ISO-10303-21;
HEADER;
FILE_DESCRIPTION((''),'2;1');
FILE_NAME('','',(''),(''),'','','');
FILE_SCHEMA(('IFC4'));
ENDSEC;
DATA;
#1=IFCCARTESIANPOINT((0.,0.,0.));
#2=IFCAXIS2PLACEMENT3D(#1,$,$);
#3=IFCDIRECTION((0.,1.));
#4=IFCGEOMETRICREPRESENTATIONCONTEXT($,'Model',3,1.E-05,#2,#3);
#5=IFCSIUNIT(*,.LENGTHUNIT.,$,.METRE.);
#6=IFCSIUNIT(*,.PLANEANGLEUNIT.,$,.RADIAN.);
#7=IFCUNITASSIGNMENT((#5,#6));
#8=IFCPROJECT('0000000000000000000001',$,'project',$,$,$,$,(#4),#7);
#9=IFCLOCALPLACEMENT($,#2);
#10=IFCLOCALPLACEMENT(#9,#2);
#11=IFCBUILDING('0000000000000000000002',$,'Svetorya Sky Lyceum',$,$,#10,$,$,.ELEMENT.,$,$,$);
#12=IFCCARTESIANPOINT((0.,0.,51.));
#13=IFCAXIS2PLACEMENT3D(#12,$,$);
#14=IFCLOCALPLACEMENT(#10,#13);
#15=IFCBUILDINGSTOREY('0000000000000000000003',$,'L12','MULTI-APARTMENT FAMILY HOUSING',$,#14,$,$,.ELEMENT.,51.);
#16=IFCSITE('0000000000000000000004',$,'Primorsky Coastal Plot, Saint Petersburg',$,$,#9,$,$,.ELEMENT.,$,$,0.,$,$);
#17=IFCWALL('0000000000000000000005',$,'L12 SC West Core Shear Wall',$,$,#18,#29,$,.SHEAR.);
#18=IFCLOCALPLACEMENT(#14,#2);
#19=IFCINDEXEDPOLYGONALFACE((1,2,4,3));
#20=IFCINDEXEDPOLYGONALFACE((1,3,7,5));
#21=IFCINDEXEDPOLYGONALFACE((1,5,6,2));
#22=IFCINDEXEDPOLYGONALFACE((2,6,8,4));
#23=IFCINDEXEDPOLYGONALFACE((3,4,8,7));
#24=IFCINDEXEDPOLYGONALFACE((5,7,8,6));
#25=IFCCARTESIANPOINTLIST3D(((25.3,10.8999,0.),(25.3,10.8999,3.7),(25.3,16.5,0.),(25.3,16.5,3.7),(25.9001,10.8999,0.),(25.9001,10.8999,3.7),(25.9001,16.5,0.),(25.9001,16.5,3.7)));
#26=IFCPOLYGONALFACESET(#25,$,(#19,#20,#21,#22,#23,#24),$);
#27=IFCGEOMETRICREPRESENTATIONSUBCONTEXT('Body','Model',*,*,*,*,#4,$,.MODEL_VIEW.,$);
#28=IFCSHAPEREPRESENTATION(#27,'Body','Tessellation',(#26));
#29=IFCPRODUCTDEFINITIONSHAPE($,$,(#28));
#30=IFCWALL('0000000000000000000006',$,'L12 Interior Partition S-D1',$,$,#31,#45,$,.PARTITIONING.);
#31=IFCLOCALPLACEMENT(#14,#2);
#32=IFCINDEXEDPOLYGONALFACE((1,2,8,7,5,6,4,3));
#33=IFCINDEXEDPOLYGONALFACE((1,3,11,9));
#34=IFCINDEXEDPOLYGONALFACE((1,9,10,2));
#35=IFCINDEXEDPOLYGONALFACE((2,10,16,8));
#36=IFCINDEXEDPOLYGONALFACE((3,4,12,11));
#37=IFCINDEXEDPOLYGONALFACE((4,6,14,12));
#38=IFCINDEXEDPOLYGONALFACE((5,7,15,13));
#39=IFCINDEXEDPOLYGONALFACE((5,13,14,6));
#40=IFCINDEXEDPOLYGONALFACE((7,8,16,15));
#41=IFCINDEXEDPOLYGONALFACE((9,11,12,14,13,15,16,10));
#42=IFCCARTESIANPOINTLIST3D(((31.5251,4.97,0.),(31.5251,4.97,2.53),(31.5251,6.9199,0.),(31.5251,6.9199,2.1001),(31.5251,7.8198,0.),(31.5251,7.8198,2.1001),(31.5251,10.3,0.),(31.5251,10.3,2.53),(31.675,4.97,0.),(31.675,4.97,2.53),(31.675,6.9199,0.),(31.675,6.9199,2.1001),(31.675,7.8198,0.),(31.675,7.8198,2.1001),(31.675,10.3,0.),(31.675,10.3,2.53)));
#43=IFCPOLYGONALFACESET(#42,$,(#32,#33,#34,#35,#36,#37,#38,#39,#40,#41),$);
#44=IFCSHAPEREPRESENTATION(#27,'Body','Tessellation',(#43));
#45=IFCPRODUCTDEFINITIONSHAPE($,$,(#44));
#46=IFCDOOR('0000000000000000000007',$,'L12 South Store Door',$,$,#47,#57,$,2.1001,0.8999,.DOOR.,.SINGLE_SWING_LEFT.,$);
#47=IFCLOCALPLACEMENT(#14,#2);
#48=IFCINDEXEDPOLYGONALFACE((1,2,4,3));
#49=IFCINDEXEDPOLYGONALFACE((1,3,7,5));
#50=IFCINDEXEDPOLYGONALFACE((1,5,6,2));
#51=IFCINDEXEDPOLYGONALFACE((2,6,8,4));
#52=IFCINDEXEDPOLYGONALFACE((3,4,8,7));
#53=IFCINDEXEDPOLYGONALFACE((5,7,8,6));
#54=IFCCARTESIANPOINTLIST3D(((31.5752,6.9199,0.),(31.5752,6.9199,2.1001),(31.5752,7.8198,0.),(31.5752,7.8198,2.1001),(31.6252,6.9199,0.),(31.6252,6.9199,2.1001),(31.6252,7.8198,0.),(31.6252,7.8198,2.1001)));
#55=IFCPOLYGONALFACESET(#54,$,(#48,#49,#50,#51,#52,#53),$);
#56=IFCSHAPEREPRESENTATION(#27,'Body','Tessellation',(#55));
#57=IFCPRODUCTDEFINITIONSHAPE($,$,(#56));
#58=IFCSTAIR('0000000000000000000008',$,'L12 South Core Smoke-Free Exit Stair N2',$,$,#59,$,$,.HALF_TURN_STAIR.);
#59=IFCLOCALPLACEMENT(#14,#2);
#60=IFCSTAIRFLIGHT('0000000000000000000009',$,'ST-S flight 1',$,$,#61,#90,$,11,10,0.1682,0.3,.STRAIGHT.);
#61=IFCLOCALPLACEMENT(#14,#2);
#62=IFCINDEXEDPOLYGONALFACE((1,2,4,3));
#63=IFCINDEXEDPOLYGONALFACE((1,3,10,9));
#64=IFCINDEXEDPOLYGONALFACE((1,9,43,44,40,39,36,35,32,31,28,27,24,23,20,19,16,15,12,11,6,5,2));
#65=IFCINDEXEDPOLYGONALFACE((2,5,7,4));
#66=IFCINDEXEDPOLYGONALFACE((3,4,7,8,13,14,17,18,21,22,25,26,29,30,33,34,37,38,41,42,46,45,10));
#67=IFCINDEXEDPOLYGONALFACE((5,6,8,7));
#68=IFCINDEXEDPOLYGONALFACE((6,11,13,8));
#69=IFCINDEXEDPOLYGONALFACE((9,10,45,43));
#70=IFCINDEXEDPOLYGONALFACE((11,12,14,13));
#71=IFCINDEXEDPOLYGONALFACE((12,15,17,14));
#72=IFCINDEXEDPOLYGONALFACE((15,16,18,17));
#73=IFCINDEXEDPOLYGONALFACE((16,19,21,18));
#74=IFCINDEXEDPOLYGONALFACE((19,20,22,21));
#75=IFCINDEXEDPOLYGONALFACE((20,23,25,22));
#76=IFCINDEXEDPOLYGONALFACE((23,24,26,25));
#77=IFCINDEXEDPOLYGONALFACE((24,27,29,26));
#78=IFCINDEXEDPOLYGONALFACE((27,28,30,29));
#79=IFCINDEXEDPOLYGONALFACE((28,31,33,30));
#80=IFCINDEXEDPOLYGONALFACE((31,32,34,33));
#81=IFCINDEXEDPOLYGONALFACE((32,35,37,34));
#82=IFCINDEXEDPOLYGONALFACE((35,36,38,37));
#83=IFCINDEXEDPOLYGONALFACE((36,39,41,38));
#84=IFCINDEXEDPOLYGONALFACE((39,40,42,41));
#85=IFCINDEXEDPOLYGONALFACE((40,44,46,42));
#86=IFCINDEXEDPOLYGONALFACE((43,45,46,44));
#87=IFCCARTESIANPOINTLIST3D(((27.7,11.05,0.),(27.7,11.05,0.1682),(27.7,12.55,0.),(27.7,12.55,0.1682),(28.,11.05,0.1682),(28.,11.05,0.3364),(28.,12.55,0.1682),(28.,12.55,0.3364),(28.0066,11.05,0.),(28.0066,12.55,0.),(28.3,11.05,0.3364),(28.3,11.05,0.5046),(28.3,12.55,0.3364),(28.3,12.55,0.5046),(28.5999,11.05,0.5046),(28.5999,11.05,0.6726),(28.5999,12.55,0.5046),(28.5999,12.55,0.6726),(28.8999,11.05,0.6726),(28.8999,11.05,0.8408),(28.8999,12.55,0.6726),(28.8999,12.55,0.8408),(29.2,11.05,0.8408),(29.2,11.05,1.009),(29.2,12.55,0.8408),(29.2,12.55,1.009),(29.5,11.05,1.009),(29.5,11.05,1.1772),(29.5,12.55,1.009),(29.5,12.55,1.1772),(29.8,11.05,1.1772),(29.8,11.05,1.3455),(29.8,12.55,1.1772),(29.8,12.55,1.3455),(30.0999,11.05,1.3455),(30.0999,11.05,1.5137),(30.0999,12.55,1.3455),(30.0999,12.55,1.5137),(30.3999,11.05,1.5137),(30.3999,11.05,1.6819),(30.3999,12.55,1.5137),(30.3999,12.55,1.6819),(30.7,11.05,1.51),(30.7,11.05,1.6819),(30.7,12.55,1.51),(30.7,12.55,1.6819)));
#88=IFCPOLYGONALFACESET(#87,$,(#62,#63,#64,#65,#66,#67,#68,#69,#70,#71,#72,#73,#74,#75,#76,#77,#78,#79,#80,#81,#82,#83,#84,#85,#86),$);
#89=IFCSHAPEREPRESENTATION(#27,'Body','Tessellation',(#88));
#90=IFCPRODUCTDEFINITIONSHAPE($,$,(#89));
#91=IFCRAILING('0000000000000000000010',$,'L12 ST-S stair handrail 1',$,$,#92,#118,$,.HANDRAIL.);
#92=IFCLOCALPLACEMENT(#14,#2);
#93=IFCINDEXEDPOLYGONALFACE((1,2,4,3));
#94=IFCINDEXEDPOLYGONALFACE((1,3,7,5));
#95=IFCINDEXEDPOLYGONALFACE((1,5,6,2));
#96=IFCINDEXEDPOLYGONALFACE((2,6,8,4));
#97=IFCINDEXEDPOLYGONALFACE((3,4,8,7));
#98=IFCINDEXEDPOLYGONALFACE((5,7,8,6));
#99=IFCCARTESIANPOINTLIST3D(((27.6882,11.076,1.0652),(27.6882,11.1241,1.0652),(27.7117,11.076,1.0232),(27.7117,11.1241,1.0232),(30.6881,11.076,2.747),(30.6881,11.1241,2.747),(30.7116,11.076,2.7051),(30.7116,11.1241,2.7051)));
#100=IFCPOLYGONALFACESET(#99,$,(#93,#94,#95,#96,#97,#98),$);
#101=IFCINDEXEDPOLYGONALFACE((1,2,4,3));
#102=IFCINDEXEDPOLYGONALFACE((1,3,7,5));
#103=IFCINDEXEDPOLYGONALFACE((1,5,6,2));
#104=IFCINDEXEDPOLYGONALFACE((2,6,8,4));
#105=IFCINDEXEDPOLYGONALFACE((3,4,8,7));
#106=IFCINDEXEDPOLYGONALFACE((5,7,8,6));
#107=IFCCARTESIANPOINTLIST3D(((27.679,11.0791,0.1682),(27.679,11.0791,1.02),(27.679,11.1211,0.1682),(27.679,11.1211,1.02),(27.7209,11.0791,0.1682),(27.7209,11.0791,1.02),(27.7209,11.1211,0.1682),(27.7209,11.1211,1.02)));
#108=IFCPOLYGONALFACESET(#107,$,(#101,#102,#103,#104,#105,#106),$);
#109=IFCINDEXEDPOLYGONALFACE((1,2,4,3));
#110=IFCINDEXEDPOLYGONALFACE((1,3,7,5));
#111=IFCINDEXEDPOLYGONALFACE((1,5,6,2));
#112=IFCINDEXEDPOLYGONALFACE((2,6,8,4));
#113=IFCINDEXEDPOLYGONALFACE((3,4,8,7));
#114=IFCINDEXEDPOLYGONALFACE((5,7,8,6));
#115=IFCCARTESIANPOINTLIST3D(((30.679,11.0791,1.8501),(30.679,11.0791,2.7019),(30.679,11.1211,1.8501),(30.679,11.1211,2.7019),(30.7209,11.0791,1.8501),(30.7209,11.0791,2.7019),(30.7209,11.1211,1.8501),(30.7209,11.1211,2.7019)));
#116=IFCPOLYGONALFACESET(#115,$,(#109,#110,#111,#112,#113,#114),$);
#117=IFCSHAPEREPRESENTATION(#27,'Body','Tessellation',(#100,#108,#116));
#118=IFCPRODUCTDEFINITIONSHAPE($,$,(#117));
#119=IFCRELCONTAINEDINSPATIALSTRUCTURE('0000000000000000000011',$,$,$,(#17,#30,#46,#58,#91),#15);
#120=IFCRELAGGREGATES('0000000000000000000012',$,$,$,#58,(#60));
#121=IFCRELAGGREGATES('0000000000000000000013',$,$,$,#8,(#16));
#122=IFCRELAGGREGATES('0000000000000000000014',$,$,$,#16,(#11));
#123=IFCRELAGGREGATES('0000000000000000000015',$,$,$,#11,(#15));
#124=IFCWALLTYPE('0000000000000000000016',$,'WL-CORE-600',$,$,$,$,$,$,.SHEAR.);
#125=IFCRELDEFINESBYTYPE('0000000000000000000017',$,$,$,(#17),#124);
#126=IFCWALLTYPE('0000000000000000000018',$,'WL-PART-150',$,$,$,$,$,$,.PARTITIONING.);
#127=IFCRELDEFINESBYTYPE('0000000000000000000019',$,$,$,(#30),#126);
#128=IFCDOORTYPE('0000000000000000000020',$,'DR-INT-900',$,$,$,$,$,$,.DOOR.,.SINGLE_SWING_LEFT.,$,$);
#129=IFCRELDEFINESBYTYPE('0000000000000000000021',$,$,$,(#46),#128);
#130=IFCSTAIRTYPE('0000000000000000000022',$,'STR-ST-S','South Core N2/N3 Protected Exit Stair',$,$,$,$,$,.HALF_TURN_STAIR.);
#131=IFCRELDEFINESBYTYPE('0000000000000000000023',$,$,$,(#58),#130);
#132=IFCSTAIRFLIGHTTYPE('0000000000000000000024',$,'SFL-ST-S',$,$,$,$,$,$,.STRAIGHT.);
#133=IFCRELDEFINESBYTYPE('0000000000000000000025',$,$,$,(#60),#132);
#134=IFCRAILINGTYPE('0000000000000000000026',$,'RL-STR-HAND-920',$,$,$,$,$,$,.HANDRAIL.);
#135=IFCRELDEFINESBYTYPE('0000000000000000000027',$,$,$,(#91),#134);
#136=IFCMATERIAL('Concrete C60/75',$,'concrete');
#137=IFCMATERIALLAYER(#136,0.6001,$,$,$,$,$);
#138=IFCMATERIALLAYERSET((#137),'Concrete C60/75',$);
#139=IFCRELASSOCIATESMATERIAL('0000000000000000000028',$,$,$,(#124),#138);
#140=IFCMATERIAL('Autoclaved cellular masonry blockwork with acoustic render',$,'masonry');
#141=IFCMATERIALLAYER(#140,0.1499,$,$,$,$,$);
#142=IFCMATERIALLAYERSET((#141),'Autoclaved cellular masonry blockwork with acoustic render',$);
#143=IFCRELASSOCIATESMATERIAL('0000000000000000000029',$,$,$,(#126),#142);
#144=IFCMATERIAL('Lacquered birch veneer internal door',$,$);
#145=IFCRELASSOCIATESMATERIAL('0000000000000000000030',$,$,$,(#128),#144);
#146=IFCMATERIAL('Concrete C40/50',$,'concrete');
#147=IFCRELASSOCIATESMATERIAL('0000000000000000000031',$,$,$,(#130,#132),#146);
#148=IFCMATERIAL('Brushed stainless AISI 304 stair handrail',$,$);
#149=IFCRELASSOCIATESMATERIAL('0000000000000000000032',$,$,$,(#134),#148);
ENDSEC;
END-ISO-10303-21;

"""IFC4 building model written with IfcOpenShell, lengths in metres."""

from ifc_helpers import new_model, si_unit, direction, frame, frame_2d, origin, origin_2d, place, context, subcontext, project, spatial, polyline, rectangle, outline, extrude, material, layer, layer_set, type_object, element, fill, aggregate, save


model = new_model("IFC4")

# Units and contexts
model_context = context("Model", 3, precision=1e-05, world=origin(), true_north=direction((0.0, 1.0)))
body_context = subcontext(model_context, "Body", "Model", "MODEL_VIEW")
ifc_project = project(units=[si_unit("LENGTHUNIT", "METRE"), si_unit("PLANEANGLEUNIT", "RADIAN")], contexts=[model_context])

# Site, building, storey
site_placement = place(None, origin())
site = spatial("IfcSite", under=ifc_project, at=site_placement, Name="Primorsky Coastal Plot, Saint Petersburg", CompositionType="ELEMENT", RefElevation=0.0)
building_placement = place(site_placement, origin())
building = spatial("IfcBuilding", under=site, at=building_placement, Name="Svetorya Sky Lyceum", CompositionType="ELEMENT")
storey_placement = place(building_placement, frame((0.0, 0.0, 51.0)))
storey = spatial("IfcBuildingStorey", under=building, at=storey_placement, Name="L12", Description="MULTI-APARTMENT FAMILY HOUSING", CompositionType="ELEMENT", Elevation=51.0)

# Shared definitions
ifc_material_1 = material(Name="Concrete C60/75", Category="concrete")

# Wall
ifc_material_2 = material(Name="Concrete C40/50", Category="concrete")
ifc_layer_1 = layer(ifc_material_1, 0.6001)
ifc_layer_set_1 = layer_set([ifc_layer_1], Name="Concrete C60/75")
wall_type_1 = type_object("IfcWallType", Name="WL-CORE-600", PredefinedType="SHEAR", material=ifc_layer_set_1)
wall_1_placement = place(storey_placement, frame((25.6001, 10.8999, 0.0), z_axis=(0.0, 0.0, 1.0), x_axis=(0.0, 1.0, 0.0)))
element("IfcWall", 1, at=wall_1_placement, inside=storey, type_object=wall_type_1, Name="L12 SC West Core Shear Wall", PredefinedType="SHEAR", context=body_context, shape_type="SweptSolid", body=[
    extrude(rectangle(XDim=5.6001, YDim=0.6001, at=frame_2d((2.8, 0.0))), origin(), (0.0, 0.0, 1.0), 3.7),
])

# Wall, opening, door
ifc_material_3 = material(Name="Autoclaved cellular masonry blockwork with acoustic render", Category="masonry")
ifc_layer_2 = layer(ifc_material_3, 0.1499)
ifc_layer_set_2 = layer_set([ifc_layer_2], Name="Autoclaved cellular masonry blockwork with acoustic render")
wall_type_2 = type_object("IfcWallType", Name="WL-PART-150", PredefinedType="PARTITIONING", material=ifc_layer_set_2)
wall_2_placement = place(storey_placement, frame((31.6001, 4.97, 0.0), z_axis=(0.0, 0.0, 1.0), x_axis=(0.0, 1.0, 0.0)))
wall_2 = element("IfcWall", 2, at=wall_2_placement, inside=storey, type_object=wall_type_2, Name="L12 Interior Partition S-D1", PredefinedType="PARTITIONING", context=body_context, shape_type="SweptSolid", body=[
    extrude(rectangle(XDim=5.3301, YDim=0.1499, at=frame_2d((2.665, 0.0))), origin(), (0.0, 0.0, 1.0), 2.53),
])
opening_placement = place(wall_2_placement, frame((1.95, 0.0, 0.0)))
opening = element("IfcOpeningElement", 3, at=opening_placement, cuts=wall_2, PredefinedType="OPENING", context=body_context, shape_type="SweptSolid", body=[
    extrude(rectangle(XDim=0.8999, YDim=2.1001, at=frame_2d((0.45, 1.05))), frame((0.0, 0.085, 0.0), z_axis=(0.0, -1.0, 0.0), x_axis=(1.0, 0.0, 0.0)), (0.0, 0.0, 1.0), 0.1699),
])
ifc_material_4 = material(Name="Lacquered birch veneer internal door")
door_type = type_object("IfcDoorType", Name="DR-INT-900", OperationType="SINGLE_SWING_LEFT", PredefinedType="DOOR", material=ifc_material_4)
door_placement = place(opening_placement, origin())
door = element("IfcDoor", 4, at=door_placement, inside=storey, type_object=door_type, Name="L12 South Store Door", OperationType="SINGLE_SWING_LEFT", OverallHeight=2.1001, OverallWidth=0.8999, PredefinedType="DOOR", context=body_context, shape_type="SweptSolid", body=[
    extrude(rectangle(XDim=0.8999, YDim=2.1001, at=frame_2d((0.45, 1.05))), frame((0.0, 0.0249, 0.0), z_axis=(0.0, -1.0, 0.0), x_axis=(1.0, 0.0, 0.0)), (0.0, 0.0, 1.0), 0.05),
])
fill(opening, door)

# Stair, stair flight
stair_type = type_object("IfcStairType", Name="STR-ST-S", Description="South Core N2/N3 Protected Exit Stair", PredefinedType="HALF_TURN_STAIR", material=ifc_material_2)
stair_placement = place(storey_placement, origin())
stair = element("IfcStair", 5, at=stair_placement, inside=storey, type_object=stair_type, Name="L12 South Core Smoke-Free Exit Stair N2", PredefinedType="HALF_TURN_STAIR")
stair_flight_type = type_object("IfcStairFlightType", Name="SFL-ST-S", PredefinedType="STRAIGHT", material=ifc_material_2)
stair_flight_placement = place(storey_placement, frame((27.7, 11.8, 0.0), z_axis=(0.0, 0.0, 1.0), x_axis=(1.0, 0.0, 0.0)))
stair_flight = element("IfcStairFlight", 6, at=stair_flight_placement, type_object=stair_flight_type, Name="ST-S flight 1", NumberOfRisers=11, NumberOfTreads=10, PredefinedType="STRAIGHT", RiserHeight=0.1682, TreadLength=0.3, context=body_context, shape_type="SweptSolid", body=[
    extrude(outline(polyline([(0.0, 0.0), (0.0, 0.1682), (0.3, 0.1682), (0.3, 0.3364), (0.6001, 0.3364), (0.6001, 0.5046), (0.8999, 0.5046), (0.8999, 0.6726), (1.2, 0.6726), (1.2, 0.8408), (1.5, 0.8408), (1.5, 1.009), (1.8, 1.009), (1.8, 1.1772), (2.1001, 1.1772), (2.1001, 1.3455), (2.3999, 1.3455), (2.3999, 1.5137), (2.7, 1.5137), (2.7, 1.6819), (3.0, 1.6819), (3.0, 1.8501), (3.0, 1.51), (0.3066, 0.0), (0.0, 0.0)])), frame((0.0, 0.75, 0.0), z_axis=(0.0, -1.0, 0.0), x_axis=(1.0, 0.0, 0.0)), (0.0, 0.0, 1.0), 1.5),
])
aggregate(stair, [stair_flight])

# Railing
ifc_material_5 = material(Name="Brushed stainless AISI 304 stair handrail")
railing_type = type_object("IfcRailingType", Name="RL-STR-HAND-920", PredefinedType="HANDRAIL", material=ifc_material_5)
railing_placement = place(storey_placement, frame((27.7, 11.1001, 0.1682)))
element("IfcRailing", 7, at=railing_placement, inside=storey, type_object=railing_type, Name="L12 ST-S stair handrail 1", PredefinedType="HANDRAIL", context=body_context, shape_type="SweptSolid", body=[
    extrude(rectangle(XDim=0.0481, YDim=0.0481, at=origin_2d()), frame((0.0, 0.0, 0.876), z_axis=(0.872272, 0.0, 0.48902), x_axis=(0.0, 1.0, 0.0)), (0.0, 0.0, 1.0), 3.4392),
    extrude(rectangle(XDim=0.042, YDim=0.042, at=origin_2d()), origin(), (0.0, 0.0, 1.0), 0.8518),
    extrude(rectangle(XDim=0.042, YDim=0.042, at=origin_2d()), frame((3.0, 0.0, 1.6819)), (0.0, 0.0, 1.0), 0.8518),
])

save(model, "model.ifc")
